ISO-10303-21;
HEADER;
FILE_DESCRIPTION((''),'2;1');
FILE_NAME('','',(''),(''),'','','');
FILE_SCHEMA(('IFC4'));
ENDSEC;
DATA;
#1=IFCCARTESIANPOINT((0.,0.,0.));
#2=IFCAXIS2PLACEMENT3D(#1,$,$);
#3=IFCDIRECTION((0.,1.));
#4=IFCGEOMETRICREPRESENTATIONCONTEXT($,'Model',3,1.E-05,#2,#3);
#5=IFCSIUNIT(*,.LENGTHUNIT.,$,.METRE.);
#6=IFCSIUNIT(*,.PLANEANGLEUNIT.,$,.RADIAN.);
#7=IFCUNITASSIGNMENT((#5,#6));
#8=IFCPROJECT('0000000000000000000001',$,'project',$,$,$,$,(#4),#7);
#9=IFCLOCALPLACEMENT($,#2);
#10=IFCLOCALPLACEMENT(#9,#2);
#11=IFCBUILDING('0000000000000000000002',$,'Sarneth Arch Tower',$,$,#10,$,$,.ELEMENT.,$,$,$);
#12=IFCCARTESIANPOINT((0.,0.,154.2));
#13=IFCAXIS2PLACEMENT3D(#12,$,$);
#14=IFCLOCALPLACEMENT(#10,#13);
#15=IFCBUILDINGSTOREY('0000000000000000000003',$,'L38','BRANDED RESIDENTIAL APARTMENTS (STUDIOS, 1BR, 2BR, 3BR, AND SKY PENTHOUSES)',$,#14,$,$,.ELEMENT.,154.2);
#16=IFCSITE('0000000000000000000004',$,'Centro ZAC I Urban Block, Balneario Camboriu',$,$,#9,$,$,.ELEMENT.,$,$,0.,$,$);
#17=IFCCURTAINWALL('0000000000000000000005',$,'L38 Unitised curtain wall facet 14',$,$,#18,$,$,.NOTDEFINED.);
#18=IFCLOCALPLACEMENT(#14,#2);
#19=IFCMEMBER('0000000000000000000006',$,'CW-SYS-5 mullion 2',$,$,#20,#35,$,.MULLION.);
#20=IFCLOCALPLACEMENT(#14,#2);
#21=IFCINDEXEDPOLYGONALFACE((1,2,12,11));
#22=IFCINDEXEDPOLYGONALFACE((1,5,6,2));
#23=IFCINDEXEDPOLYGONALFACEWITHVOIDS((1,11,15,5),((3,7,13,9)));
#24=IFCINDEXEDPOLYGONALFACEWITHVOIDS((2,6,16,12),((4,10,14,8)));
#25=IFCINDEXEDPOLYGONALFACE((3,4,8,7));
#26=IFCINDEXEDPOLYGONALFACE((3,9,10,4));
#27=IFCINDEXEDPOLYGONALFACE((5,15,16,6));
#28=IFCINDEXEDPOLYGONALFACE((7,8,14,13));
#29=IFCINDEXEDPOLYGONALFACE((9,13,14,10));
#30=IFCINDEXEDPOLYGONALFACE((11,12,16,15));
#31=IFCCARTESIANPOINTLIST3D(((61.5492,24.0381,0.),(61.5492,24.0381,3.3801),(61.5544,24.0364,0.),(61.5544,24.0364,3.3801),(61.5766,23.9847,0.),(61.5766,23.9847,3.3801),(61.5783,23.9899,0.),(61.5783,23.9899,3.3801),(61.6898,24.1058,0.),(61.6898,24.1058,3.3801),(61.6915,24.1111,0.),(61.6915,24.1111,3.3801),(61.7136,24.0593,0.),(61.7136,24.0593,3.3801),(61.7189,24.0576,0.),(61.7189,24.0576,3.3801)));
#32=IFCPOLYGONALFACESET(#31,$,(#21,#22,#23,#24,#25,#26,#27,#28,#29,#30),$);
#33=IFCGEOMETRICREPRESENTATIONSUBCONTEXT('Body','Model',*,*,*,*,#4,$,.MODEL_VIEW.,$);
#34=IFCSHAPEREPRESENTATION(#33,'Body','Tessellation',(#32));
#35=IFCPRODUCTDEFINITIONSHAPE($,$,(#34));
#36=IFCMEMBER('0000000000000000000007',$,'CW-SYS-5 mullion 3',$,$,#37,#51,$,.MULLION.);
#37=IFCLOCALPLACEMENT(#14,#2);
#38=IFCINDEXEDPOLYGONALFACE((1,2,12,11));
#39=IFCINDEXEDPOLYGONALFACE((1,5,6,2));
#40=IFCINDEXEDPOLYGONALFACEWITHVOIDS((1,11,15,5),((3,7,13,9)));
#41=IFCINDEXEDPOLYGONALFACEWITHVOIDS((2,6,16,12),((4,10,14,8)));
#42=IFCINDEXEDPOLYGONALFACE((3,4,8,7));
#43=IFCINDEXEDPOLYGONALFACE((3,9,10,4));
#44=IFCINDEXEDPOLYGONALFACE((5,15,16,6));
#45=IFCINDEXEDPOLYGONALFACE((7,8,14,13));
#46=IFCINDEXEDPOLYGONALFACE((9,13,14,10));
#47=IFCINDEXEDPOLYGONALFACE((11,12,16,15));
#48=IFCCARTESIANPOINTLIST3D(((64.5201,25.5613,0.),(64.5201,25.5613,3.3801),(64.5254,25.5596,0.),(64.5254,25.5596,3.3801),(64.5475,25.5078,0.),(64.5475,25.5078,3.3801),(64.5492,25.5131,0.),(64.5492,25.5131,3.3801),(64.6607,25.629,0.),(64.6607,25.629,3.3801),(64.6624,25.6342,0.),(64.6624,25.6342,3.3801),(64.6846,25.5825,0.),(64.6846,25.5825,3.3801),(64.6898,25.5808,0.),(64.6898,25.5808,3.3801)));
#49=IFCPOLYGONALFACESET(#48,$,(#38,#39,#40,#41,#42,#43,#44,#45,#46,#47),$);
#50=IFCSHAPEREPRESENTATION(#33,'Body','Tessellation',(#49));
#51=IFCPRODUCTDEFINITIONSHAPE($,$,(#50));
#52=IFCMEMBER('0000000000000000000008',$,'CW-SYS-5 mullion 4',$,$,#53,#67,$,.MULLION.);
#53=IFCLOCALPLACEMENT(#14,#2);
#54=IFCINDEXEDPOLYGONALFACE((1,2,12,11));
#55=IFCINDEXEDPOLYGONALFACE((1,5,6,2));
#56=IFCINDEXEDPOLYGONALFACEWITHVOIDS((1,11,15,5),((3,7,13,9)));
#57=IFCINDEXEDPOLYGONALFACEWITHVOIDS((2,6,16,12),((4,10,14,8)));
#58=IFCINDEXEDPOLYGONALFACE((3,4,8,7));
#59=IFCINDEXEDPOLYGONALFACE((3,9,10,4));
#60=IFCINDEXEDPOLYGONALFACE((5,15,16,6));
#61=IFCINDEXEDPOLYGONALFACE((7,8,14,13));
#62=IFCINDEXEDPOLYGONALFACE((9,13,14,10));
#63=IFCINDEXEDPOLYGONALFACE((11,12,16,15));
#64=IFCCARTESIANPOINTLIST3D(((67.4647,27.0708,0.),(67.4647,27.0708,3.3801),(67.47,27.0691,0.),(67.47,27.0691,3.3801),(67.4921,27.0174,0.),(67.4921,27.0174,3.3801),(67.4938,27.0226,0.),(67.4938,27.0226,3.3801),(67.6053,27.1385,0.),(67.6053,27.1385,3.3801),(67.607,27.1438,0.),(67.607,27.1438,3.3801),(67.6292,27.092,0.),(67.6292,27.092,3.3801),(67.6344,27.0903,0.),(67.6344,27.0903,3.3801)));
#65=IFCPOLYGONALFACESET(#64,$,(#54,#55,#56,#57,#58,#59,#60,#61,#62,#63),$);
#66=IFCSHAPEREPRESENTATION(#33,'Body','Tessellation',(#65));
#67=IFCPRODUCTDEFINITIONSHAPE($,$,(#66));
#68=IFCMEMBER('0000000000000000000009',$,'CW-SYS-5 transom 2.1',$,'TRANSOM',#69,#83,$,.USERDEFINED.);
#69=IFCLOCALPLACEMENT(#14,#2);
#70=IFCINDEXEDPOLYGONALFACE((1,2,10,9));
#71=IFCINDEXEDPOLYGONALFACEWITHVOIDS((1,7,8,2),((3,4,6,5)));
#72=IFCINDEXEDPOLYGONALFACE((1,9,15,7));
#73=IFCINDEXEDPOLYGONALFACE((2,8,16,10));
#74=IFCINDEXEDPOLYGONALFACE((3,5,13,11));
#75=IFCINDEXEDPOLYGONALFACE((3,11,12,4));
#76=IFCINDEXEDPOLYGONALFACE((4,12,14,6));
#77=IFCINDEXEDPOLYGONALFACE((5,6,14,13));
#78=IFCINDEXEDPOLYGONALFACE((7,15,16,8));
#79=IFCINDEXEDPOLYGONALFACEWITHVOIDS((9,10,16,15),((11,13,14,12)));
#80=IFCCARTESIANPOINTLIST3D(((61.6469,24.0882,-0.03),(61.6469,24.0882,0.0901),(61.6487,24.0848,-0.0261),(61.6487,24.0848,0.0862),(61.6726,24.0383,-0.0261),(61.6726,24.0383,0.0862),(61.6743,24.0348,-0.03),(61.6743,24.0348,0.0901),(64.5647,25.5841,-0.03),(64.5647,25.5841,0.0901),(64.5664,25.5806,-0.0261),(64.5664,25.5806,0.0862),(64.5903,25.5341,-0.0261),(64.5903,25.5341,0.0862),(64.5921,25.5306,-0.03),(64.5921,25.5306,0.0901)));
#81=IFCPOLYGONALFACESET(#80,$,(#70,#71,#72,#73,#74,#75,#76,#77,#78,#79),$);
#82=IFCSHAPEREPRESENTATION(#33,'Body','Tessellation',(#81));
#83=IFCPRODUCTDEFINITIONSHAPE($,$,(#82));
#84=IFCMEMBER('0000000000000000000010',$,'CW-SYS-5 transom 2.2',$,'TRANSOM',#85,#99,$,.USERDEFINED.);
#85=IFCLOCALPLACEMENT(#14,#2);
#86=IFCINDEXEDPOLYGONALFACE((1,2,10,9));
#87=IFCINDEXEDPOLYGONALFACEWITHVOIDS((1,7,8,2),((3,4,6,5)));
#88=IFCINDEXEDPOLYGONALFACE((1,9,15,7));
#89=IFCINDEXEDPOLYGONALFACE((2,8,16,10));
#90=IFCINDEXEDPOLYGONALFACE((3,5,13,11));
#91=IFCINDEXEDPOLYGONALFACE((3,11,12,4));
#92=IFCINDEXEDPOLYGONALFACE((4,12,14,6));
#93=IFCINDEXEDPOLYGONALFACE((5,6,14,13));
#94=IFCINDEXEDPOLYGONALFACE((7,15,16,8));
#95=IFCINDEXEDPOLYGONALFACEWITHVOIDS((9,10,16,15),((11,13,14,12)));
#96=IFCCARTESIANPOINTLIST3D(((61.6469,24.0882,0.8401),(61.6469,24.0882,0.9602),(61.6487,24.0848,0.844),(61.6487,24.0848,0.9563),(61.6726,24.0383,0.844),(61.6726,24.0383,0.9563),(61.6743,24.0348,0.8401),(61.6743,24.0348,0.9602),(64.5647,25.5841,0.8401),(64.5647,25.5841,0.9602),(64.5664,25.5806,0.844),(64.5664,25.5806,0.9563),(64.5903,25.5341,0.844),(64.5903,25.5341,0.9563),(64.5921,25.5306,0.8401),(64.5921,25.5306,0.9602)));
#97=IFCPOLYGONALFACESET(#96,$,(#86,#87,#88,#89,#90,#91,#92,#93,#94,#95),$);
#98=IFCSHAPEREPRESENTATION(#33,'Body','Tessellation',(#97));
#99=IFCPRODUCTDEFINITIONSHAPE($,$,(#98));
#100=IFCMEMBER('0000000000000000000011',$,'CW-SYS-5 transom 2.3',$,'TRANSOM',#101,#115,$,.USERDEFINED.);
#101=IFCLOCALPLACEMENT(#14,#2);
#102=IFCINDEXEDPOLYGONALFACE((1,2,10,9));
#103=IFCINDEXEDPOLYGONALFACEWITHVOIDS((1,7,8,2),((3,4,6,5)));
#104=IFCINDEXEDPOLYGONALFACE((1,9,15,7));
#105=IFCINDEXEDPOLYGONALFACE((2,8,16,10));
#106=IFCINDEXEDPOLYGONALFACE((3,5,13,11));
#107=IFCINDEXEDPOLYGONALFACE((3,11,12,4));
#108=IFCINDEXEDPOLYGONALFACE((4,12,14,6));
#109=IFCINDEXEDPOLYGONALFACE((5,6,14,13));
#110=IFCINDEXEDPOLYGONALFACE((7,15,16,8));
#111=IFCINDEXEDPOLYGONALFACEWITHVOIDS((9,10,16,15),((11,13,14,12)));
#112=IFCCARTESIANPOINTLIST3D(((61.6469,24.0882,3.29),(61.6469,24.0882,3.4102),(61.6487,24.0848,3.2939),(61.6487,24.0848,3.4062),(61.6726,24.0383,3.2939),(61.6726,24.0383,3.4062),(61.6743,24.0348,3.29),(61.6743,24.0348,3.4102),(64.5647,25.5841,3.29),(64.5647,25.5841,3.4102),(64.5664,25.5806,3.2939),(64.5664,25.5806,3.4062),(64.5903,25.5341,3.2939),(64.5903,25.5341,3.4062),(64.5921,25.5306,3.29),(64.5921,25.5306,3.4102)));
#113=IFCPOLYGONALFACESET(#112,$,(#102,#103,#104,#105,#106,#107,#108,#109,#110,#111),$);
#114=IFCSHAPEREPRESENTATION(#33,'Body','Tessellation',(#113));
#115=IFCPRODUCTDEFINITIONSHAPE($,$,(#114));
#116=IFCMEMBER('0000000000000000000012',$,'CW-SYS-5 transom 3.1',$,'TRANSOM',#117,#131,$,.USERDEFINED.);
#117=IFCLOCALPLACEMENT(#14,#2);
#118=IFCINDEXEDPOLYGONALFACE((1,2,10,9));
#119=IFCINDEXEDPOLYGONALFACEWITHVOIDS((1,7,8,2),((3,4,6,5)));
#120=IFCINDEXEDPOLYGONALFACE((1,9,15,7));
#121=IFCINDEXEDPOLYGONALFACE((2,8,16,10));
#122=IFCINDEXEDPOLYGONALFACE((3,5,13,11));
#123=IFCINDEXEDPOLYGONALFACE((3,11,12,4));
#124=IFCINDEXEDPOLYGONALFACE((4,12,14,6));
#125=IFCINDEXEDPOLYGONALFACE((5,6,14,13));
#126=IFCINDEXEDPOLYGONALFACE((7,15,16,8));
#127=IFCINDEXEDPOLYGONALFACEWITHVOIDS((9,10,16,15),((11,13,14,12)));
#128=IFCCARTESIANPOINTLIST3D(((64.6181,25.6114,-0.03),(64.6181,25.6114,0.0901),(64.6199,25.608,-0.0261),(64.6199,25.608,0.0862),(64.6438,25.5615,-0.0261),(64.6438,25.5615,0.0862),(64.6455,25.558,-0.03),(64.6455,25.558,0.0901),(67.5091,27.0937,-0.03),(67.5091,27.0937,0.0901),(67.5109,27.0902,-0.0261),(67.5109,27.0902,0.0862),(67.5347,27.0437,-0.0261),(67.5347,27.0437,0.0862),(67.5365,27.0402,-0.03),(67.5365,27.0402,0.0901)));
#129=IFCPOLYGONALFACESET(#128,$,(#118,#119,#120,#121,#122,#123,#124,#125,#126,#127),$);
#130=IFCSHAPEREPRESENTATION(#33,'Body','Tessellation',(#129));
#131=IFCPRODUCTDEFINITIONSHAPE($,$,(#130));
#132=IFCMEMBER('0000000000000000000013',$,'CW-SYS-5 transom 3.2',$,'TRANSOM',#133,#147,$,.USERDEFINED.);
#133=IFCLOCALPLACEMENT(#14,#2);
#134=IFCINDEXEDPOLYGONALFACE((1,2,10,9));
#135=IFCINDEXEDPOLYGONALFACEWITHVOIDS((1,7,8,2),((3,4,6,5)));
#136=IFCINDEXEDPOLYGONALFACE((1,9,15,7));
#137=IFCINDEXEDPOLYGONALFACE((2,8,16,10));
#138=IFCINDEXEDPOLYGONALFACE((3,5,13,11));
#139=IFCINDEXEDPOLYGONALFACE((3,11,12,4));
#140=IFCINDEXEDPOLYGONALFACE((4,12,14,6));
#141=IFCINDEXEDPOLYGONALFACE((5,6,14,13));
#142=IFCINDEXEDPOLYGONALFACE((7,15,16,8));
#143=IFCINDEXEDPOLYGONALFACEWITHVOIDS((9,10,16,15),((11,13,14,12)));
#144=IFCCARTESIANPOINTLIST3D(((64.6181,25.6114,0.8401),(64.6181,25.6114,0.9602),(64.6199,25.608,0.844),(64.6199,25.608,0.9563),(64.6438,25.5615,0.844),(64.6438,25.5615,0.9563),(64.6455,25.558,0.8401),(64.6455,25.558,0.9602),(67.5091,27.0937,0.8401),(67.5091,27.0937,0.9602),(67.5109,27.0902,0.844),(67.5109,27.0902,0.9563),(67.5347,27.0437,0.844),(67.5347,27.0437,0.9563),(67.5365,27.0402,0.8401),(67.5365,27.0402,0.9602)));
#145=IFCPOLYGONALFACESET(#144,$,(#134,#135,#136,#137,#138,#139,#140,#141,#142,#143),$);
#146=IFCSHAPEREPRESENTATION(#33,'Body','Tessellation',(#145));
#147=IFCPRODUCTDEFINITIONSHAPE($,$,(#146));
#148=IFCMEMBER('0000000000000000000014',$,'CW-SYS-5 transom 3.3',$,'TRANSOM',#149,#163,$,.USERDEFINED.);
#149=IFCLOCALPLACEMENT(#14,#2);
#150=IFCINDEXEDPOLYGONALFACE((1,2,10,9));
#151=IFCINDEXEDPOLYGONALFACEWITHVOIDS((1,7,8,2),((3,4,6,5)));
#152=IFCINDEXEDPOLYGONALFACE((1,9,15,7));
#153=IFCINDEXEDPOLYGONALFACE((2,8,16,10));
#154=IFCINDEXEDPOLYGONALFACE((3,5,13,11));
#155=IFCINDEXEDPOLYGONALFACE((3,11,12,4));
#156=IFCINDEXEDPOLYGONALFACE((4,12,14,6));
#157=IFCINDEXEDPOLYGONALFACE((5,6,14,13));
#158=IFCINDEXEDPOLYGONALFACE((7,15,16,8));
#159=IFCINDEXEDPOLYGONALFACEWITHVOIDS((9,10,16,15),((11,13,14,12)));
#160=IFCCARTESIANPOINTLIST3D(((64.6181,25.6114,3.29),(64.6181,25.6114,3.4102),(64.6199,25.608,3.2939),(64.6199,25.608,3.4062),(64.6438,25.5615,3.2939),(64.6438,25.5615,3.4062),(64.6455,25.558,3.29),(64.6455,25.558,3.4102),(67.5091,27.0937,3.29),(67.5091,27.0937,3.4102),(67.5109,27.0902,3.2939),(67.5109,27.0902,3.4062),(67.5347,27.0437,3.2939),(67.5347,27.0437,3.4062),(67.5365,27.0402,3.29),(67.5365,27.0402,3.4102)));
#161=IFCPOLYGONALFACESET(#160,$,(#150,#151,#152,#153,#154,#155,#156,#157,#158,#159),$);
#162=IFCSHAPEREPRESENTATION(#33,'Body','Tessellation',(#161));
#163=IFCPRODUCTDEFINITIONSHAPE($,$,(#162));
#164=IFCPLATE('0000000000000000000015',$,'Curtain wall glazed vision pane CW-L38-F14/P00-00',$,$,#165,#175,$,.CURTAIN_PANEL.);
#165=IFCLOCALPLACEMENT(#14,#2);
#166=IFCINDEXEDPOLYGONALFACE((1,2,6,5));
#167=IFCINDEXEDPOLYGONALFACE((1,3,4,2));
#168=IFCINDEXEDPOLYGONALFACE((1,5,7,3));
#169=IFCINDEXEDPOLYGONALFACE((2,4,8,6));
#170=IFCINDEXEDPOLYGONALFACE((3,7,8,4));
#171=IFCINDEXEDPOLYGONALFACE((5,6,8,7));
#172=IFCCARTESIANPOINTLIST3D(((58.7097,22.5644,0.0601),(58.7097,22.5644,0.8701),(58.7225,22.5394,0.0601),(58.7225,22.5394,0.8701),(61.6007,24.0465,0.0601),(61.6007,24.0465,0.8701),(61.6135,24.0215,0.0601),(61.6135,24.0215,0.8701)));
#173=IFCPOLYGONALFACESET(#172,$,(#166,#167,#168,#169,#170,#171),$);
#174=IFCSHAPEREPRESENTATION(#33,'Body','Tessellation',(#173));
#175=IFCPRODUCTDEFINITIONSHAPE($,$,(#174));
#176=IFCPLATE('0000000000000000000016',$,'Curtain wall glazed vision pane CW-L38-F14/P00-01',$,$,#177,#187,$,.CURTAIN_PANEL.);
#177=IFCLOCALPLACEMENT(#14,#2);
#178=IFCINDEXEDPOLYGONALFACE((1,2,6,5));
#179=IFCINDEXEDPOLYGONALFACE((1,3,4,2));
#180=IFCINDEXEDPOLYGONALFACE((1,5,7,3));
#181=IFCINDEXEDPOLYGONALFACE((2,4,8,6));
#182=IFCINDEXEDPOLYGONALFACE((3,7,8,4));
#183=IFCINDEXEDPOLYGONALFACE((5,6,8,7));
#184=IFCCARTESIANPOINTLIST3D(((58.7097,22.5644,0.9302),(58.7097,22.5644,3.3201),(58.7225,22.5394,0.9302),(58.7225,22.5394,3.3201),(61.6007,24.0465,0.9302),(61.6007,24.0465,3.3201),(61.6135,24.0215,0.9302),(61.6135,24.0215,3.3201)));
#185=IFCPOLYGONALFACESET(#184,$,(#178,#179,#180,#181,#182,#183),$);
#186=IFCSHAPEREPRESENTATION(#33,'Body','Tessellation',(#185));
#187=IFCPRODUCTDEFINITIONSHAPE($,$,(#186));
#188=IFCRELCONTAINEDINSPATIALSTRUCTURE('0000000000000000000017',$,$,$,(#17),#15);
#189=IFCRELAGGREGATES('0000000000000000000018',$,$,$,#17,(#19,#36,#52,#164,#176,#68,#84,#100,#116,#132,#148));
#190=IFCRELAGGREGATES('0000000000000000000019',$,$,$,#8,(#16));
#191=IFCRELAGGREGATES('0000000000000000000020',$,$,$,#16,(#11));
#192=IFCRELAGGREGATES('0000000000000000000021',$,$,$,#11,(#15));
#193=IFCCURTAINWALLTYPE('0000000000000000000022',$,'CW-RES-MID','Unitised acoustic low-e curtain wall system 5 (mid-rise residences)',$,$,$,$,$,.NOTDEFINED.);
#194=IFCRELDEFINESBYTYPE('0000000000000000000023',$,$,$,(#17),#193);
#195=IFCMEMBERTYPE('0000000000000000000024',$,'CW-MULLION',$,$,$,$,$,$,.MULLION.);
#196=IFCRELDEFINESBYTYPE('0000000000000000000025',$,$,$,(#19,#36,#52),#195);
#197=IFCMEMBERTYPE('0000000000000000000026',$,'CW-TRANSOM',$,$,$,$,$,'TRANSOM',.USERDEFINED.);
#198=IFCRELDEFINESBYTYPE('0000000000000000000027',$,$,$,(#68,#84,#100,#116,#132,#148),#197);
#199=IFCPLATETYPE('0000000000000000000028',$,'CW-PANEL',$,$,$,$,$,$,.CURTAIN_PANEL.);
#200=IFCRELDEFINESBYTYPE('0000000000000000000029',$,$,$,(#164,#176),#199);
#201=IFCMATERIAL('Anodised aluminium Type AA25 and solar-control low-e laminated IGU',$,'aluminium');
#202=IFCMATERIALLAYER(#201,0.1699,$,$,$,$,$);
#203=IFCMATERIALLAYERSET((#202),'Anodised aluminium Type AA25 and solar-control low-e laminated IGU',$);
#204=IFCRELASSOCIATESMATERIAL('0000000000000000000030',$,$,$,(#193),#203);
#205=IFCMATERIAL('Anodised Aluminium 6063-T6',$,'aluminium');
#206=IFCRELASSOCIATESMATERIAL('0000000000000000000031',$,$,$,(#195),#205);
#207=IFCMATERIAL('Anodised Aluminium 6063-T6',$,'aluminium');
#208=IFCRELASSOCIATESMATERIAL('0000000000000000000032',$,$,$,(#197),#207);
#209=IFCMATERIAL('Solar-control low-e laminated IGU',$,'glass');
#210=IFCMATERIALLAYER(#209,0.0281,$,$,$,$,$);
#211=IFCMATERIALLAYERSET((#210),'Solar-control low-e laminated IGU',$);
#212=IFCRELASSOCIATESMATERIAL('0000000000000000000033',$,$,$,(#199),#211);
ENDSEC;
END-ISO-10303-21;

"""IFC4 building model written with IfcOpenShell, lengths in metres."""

from ifc_helpers import new_model, si_unit, direction, frame, origin, origin_2d, place, context, subcontext, project, spatial, rectangle, hollow_rectangle, extrude, material, layer, layer_set, material_profile, profile_set, type_object, element, aggregate, save


model = new_model("IFC4")

# Units and contexts
model_context = context("Model", 3, precision=1e-05, world=origin(), true_north=direction((0.0, 1.0)))
body_context = subcontext(model_context, "Body", "Model", "MODEL_VIEW")
ifc_project = project(units=[si_unit("LENGTHUNIT", "METRE"), si_unit("PLANEANGLEUNIT", "RADIAN")], contexts=[model_context])

# Site, building, storey
site_placement = place(None, origin())
site = spatial("IfcSite", under=ifc_project, at=site_placement, Name="Centro ZAC I Urban Block, Balneario Camboriu", CompositionType="ELEMENT", RefElevation=0.0)
building_placement = place(site_placement, origin())
building = spatial("IfcBuilding", under=site, at=building_placement, Name="Sarneth Arch Tower", CompositionType="ELEMENT")
storey_placement = place(building_placement, frame((0.0, 0.0, 154.2)))
storey = spatial("IfcBuildingStorey", under=building, at=storey_placement, Name="L38", Description="BRANDED RESIDENTIAL APARTMENTS (STUDIOS, 1BR, 2BR, 3BR, AND SKY PENTHOUSES)", CompositionType="ELEMENT", Elevation=154.2)

# Curtain wall, members, plates
ifc_material_1 = material(Name="Anodised aluminium Type AA25 and solar-control low-e laminated IGU", Category="aluminium")
ifc_layer_1 = layer(ifc_material_1, 0.1699)
ifc_layer_set_1 = layer_set([ifc_layer_1], Name="Anodised aluminium Type AA25 and solar-control low-e laminated IGU")
curtain_wall_type = type_object("IfcCurtainWallType", Name="CW-RES-MID", Description="Unitised acoustic low-e curtain wall system 5 (mid-rise residences)", PredefinedType="NOTDEFINED", material=ifc_layer_set_1)
curtain_wall_placement = place(storey_placement, origin())
curtain_wall = element("IfcCurtainWall", 1, at=curtain_wall_placement, inside=storey, type_object=curtain_wall_type, Name="L38 Unitised curtain wall facet 14", PredefinedType="NOTDEFINED")
ifc_material_2 = material(Name="Anodised Aluminium 6063-T6", Category="aluminium")
ifc_material_profile_1 = material_profile(ifc_material_2, hollow_rectangle(XDim=0.0601, YDim=0.1599, WallThickness=0.0039, at=origin_2d()), Name="AL-MULL-160x60x4")
ifc_profile_set_1 = profile_set([ifc_material_profile_1], Name="Anodised Aluminium 6063-T6")
member_type_1 = type_object("IfcMemberType", Name="CW-MULLION", PredefinedType="MULLION", material=ifc_profile_set_1)
member_1_placement = place(storey_placement, frame((61.634, 24.0479, 0.0), z_axis=(0.0, 0.0, 1.0), x_axis=(-0.456208, 0.889873, 0.0)))
member_1 = element("IfcMember", 2, at=member_1_placement, type_object=member_type_1, Name="CW-SYS-5 mullion 2", PredefinedType="MULLION", context=body_context, shape_type="SweptSolid", body=[
    extrude(hollow_rectangle(XDim=0.0601, YDim=0.1599, WallThickness=0.0039, at=origin_2d()), origin(), (0.0, 0.0, 1.0), 3.3801),
])
member_2_placement = place(storey_placement, frame((64.605, 25.571, 0.0), z_axis=(0.0, 0.0, 1.0), x_axis=(-0.456208, 0.889873, 0.0)))
member_2 = element("IfcMember", 3, at=member_2_placement, type_object=member_type_1, Name="CW-SYS-5 mullion 3", PredefinedType="MULLION", context=body_context, shape_type="SweptSolid", body=[
    extrude(hollow_rectangle(XDim=0.0601, YDim=0.1599, WallThickness=0.0039, at=origin_2d()), origin(), (0.0, 0.0, 1.0), 3.3801),
])
member_3_placement = place(storey_placement, frame((67.5496, 27.0806, 0.0), z_axis=(0.0, 0.0, 1.0), x_axis=(-0.456208, 0.889873, 0.0)))
member_3 = element("IfcMember", 4, at=member_3_placement, type_object=member_type_1, Name="CW-SYS-5 mullion 4", PredefinedType="MULLION", context=body_context, shape_type="SweptSolid", body=[
    extrude(hollow_rectangle(XDim=0.0601, YDim=0.1599, WallThickness=0.0039, at=origin_2d()), origin(), (0.0, 0.0, 1.0), 3.3801),
])
ifc_material_3 = material(Name="Anodised Aluminium 6063-T6", Category="aluminium")
ifc_material_profile_2 = material_profile(ifc_material_3, hollow_rectangle(XDim=0.0601, YDim=0.1201, WallThickness=0.0039, at=origin_2d()), Name="AL-TRAN-120x60x4")
ifc_profile_set_2 = profile_set([ifc_material_profile_2], Name="Anodised Aluminium 6063-T6")
member_type_2 = type_object("IfcMemberType", Name="CW-TRANSOM", ElementType="TRANSOM", PredefinedType="USERDEFINED", material=ifc_profile_set_2)
member_4_placement = place(storey_placement, frame((61.6606, 24.0615, 0.03), z_axis=(0.889869, 0.456215, 0.0), x_axis=(-0.456215, 0.889869, 0.0)))
member_4 = element("IfcMember", 5, at=member_4_placement, type_object=member_type_2, Name="CW-SYS-5 transom 2.1", ObjectType="TRANSOM", PredefinedType="USERDEFINED", context=body_context, shape_type="SweptSolid", body=[
    extrude(hollow_rectangle(XDim=0.0601, YDim=0.1201, WallThickness=0.0039, at=origin_2d()), origin(), (0.0, 0.0, 1.0), 3.2788),
])
member_5_placement = place(storey_placement, frame((61.6606, 24.0615, 0.9001), z_axis=(0.889869, 0.456215, 0.0), x_axis=(-0.456215, 0.889869, 0.0)))
member_5 = element("IfcMember", 6, at=member_5_placement, type_object=member_type_2, Name="CW-SYS-5 transom 2.2", ObjectType="TRANSOM", PredefinedType="USERDEFINED", context=body_context, shape_type="SweptSolid", body=[
    extrude(hollow_rectangle(XDim=0.0601, YDim=0.1201, WallThickness=0.0039, at=origin_2d()), origin(), (0.0, 0.0, 1.0), 3.2788),
])
member_6_placement = place(storey_placement, frame((61.6606, 24.0615, 3.3501), z_axis=(0.889869, 0.456215, 0.0), x_axis=(-0.456215, 0.889869, 0.0)))
member_6 = element("IfcMember", 7, at=member_6_placement, type_object=member_type_2, Name="CW-SYS-5 transom 2.3", ObjectType="TRANSOM", PredefinedType="USERDEFINED", context=body_context, shape_type="SweptSolid", body=[
    extrude(hollow_rectangle(XDim=0.0601, YDim=0.1201, WallThickness=0.0039, at=origin_2d()), origin(), (0.0, 0.0, 1.0), 3.2788),
])
member_7_placement = place(storey_placement, frame((64.6318, 25.5847, 0.03), z_axis=(0.889857, 0.456239, 0.0), x_axis=(-0.456239, 0.889857, 0.0)))
member_7 = element("IfcMember", 8, at=member_7_placement, type_object=member_type_2, Name="CW-SYS-5 transom 3.1", ObjectType="TRANSOM", PredefinedType="USERDEFINED", context=body_context, shape_type="SweptSolid", body=[
    extrude(hollow_rectangle(XDim=0.0601, YDim=0.1201, WallThickness=0.0039, at=origin_2d()), origin(), (0.0, 0.0, 1.0), 3.2488),
])
member_8_placement = place(storey_placement, frame((64.6318, 25.5847, 0.9001), z_axis=(0.889857, 0.456239, 0.0), x_axis=(-0.456239, 0.889857, 0.0)))
member_8 = element("IfcMember", 9, at=member_8_placement, type_object=member_type_2, Name="CW-SYS-5 transom 3.2", ObjectType="TRANSOM", PredefinedType="USERDEFINED", context=body_context, shape_type="SweptSolid", body=[
    extrude(hollow_rectangle(XDim=0.0601, YDim=0.1201, WallThickness=0.0039, at=origin_2d()), origin(), (0.0, 0.0, 1.0), 3.2488),
])
member_9_placement = place(storey_placement, frame((64.6318, 25.5847, 3.3501), z_axis=(0.889857, 0.456239, 0.0), x_axis=(-0.456239, 0.889857, 0.0)))
member_9 = element("IfcMember", 10, at=member_9_placement, type_object=member_type_2, Name="CW-SYS-5 transom 3.3", ObjectType="TRANSOM", PredefinedType="USERDEFINED", context=body_context, shape_type="SweptSolid", body=[
    extrude(hollow_rectangle(XDim=0.0601, YDim=0.1201, WallThickness=0.0039, at=origin_2d()), origin(), (0.0, 0.0, 1.0), 3.2488),
])
ifc_material_4 = material(Name="Solar-control low-e laminated IGU", Category="glass")
ifc_layer_2 = layer(ifc_material_4, 0.0281)
ifc_layer_set_2 = layer_set([ifc_layer_2], Name="Solar-control low-e laminated IGU")
plate_type_1 = type_object("IfcPlateType", Name="CW-PANEL", PredefinedType="CURTAIN_PANEL", material=ifc_layer_set_2)
plate_1_placement = place(storey_placement, frame((60.1616, 23.293, 0.0601), z_axis=(0.0, 0.0, 1.0), x_axis=(0.889873, 0.456208, 0.0)))
plate_1 = element("IfcPlate", 11, at=plate_1_placement, type_object=plate_type_1, Name="Curtain wall glazed vision pane CW-L38-F14/P00-00", PredefinedType="CURTAIN_PANEL", context=body_context, shape_type="SweptSolid", body=[
    extrude(rectangle(XDim=3.2488, YDim=0.0281, at=origin_2d()), origin(), (0.0, 0.0, 1.0), 0.8101),
])
plate_2_placement = place(storey_placement, frame((60.1616, 23.293, 0.9302), z_axis=(0.0, 0.0, 1.0), x_axis=(0.889873, 0.456208, 0.0)))
plate_2 = element("IfcPlate", 12, at=plate_2_placement, type_object=plate_type_1, Name="Curtain wall glazed vision pane CW-L38-F14/P00-01", PredefinedType="CURTAIN_PANEL", context=body_context, shape_type="SweptSolid", body=[
    extrude(rectangle(XDim=3.2488, YDim=0.0281, at=origin_2d()), origin(), (0.0, 0.0, 1.0), 2.3899),
])
aggregate(curtain_wall, [member_1, member_2, member_3, plate_1, plate_2, member_4, member_5, member_6, member_7, member_8, member_9])

save(model, "model.ifc")
